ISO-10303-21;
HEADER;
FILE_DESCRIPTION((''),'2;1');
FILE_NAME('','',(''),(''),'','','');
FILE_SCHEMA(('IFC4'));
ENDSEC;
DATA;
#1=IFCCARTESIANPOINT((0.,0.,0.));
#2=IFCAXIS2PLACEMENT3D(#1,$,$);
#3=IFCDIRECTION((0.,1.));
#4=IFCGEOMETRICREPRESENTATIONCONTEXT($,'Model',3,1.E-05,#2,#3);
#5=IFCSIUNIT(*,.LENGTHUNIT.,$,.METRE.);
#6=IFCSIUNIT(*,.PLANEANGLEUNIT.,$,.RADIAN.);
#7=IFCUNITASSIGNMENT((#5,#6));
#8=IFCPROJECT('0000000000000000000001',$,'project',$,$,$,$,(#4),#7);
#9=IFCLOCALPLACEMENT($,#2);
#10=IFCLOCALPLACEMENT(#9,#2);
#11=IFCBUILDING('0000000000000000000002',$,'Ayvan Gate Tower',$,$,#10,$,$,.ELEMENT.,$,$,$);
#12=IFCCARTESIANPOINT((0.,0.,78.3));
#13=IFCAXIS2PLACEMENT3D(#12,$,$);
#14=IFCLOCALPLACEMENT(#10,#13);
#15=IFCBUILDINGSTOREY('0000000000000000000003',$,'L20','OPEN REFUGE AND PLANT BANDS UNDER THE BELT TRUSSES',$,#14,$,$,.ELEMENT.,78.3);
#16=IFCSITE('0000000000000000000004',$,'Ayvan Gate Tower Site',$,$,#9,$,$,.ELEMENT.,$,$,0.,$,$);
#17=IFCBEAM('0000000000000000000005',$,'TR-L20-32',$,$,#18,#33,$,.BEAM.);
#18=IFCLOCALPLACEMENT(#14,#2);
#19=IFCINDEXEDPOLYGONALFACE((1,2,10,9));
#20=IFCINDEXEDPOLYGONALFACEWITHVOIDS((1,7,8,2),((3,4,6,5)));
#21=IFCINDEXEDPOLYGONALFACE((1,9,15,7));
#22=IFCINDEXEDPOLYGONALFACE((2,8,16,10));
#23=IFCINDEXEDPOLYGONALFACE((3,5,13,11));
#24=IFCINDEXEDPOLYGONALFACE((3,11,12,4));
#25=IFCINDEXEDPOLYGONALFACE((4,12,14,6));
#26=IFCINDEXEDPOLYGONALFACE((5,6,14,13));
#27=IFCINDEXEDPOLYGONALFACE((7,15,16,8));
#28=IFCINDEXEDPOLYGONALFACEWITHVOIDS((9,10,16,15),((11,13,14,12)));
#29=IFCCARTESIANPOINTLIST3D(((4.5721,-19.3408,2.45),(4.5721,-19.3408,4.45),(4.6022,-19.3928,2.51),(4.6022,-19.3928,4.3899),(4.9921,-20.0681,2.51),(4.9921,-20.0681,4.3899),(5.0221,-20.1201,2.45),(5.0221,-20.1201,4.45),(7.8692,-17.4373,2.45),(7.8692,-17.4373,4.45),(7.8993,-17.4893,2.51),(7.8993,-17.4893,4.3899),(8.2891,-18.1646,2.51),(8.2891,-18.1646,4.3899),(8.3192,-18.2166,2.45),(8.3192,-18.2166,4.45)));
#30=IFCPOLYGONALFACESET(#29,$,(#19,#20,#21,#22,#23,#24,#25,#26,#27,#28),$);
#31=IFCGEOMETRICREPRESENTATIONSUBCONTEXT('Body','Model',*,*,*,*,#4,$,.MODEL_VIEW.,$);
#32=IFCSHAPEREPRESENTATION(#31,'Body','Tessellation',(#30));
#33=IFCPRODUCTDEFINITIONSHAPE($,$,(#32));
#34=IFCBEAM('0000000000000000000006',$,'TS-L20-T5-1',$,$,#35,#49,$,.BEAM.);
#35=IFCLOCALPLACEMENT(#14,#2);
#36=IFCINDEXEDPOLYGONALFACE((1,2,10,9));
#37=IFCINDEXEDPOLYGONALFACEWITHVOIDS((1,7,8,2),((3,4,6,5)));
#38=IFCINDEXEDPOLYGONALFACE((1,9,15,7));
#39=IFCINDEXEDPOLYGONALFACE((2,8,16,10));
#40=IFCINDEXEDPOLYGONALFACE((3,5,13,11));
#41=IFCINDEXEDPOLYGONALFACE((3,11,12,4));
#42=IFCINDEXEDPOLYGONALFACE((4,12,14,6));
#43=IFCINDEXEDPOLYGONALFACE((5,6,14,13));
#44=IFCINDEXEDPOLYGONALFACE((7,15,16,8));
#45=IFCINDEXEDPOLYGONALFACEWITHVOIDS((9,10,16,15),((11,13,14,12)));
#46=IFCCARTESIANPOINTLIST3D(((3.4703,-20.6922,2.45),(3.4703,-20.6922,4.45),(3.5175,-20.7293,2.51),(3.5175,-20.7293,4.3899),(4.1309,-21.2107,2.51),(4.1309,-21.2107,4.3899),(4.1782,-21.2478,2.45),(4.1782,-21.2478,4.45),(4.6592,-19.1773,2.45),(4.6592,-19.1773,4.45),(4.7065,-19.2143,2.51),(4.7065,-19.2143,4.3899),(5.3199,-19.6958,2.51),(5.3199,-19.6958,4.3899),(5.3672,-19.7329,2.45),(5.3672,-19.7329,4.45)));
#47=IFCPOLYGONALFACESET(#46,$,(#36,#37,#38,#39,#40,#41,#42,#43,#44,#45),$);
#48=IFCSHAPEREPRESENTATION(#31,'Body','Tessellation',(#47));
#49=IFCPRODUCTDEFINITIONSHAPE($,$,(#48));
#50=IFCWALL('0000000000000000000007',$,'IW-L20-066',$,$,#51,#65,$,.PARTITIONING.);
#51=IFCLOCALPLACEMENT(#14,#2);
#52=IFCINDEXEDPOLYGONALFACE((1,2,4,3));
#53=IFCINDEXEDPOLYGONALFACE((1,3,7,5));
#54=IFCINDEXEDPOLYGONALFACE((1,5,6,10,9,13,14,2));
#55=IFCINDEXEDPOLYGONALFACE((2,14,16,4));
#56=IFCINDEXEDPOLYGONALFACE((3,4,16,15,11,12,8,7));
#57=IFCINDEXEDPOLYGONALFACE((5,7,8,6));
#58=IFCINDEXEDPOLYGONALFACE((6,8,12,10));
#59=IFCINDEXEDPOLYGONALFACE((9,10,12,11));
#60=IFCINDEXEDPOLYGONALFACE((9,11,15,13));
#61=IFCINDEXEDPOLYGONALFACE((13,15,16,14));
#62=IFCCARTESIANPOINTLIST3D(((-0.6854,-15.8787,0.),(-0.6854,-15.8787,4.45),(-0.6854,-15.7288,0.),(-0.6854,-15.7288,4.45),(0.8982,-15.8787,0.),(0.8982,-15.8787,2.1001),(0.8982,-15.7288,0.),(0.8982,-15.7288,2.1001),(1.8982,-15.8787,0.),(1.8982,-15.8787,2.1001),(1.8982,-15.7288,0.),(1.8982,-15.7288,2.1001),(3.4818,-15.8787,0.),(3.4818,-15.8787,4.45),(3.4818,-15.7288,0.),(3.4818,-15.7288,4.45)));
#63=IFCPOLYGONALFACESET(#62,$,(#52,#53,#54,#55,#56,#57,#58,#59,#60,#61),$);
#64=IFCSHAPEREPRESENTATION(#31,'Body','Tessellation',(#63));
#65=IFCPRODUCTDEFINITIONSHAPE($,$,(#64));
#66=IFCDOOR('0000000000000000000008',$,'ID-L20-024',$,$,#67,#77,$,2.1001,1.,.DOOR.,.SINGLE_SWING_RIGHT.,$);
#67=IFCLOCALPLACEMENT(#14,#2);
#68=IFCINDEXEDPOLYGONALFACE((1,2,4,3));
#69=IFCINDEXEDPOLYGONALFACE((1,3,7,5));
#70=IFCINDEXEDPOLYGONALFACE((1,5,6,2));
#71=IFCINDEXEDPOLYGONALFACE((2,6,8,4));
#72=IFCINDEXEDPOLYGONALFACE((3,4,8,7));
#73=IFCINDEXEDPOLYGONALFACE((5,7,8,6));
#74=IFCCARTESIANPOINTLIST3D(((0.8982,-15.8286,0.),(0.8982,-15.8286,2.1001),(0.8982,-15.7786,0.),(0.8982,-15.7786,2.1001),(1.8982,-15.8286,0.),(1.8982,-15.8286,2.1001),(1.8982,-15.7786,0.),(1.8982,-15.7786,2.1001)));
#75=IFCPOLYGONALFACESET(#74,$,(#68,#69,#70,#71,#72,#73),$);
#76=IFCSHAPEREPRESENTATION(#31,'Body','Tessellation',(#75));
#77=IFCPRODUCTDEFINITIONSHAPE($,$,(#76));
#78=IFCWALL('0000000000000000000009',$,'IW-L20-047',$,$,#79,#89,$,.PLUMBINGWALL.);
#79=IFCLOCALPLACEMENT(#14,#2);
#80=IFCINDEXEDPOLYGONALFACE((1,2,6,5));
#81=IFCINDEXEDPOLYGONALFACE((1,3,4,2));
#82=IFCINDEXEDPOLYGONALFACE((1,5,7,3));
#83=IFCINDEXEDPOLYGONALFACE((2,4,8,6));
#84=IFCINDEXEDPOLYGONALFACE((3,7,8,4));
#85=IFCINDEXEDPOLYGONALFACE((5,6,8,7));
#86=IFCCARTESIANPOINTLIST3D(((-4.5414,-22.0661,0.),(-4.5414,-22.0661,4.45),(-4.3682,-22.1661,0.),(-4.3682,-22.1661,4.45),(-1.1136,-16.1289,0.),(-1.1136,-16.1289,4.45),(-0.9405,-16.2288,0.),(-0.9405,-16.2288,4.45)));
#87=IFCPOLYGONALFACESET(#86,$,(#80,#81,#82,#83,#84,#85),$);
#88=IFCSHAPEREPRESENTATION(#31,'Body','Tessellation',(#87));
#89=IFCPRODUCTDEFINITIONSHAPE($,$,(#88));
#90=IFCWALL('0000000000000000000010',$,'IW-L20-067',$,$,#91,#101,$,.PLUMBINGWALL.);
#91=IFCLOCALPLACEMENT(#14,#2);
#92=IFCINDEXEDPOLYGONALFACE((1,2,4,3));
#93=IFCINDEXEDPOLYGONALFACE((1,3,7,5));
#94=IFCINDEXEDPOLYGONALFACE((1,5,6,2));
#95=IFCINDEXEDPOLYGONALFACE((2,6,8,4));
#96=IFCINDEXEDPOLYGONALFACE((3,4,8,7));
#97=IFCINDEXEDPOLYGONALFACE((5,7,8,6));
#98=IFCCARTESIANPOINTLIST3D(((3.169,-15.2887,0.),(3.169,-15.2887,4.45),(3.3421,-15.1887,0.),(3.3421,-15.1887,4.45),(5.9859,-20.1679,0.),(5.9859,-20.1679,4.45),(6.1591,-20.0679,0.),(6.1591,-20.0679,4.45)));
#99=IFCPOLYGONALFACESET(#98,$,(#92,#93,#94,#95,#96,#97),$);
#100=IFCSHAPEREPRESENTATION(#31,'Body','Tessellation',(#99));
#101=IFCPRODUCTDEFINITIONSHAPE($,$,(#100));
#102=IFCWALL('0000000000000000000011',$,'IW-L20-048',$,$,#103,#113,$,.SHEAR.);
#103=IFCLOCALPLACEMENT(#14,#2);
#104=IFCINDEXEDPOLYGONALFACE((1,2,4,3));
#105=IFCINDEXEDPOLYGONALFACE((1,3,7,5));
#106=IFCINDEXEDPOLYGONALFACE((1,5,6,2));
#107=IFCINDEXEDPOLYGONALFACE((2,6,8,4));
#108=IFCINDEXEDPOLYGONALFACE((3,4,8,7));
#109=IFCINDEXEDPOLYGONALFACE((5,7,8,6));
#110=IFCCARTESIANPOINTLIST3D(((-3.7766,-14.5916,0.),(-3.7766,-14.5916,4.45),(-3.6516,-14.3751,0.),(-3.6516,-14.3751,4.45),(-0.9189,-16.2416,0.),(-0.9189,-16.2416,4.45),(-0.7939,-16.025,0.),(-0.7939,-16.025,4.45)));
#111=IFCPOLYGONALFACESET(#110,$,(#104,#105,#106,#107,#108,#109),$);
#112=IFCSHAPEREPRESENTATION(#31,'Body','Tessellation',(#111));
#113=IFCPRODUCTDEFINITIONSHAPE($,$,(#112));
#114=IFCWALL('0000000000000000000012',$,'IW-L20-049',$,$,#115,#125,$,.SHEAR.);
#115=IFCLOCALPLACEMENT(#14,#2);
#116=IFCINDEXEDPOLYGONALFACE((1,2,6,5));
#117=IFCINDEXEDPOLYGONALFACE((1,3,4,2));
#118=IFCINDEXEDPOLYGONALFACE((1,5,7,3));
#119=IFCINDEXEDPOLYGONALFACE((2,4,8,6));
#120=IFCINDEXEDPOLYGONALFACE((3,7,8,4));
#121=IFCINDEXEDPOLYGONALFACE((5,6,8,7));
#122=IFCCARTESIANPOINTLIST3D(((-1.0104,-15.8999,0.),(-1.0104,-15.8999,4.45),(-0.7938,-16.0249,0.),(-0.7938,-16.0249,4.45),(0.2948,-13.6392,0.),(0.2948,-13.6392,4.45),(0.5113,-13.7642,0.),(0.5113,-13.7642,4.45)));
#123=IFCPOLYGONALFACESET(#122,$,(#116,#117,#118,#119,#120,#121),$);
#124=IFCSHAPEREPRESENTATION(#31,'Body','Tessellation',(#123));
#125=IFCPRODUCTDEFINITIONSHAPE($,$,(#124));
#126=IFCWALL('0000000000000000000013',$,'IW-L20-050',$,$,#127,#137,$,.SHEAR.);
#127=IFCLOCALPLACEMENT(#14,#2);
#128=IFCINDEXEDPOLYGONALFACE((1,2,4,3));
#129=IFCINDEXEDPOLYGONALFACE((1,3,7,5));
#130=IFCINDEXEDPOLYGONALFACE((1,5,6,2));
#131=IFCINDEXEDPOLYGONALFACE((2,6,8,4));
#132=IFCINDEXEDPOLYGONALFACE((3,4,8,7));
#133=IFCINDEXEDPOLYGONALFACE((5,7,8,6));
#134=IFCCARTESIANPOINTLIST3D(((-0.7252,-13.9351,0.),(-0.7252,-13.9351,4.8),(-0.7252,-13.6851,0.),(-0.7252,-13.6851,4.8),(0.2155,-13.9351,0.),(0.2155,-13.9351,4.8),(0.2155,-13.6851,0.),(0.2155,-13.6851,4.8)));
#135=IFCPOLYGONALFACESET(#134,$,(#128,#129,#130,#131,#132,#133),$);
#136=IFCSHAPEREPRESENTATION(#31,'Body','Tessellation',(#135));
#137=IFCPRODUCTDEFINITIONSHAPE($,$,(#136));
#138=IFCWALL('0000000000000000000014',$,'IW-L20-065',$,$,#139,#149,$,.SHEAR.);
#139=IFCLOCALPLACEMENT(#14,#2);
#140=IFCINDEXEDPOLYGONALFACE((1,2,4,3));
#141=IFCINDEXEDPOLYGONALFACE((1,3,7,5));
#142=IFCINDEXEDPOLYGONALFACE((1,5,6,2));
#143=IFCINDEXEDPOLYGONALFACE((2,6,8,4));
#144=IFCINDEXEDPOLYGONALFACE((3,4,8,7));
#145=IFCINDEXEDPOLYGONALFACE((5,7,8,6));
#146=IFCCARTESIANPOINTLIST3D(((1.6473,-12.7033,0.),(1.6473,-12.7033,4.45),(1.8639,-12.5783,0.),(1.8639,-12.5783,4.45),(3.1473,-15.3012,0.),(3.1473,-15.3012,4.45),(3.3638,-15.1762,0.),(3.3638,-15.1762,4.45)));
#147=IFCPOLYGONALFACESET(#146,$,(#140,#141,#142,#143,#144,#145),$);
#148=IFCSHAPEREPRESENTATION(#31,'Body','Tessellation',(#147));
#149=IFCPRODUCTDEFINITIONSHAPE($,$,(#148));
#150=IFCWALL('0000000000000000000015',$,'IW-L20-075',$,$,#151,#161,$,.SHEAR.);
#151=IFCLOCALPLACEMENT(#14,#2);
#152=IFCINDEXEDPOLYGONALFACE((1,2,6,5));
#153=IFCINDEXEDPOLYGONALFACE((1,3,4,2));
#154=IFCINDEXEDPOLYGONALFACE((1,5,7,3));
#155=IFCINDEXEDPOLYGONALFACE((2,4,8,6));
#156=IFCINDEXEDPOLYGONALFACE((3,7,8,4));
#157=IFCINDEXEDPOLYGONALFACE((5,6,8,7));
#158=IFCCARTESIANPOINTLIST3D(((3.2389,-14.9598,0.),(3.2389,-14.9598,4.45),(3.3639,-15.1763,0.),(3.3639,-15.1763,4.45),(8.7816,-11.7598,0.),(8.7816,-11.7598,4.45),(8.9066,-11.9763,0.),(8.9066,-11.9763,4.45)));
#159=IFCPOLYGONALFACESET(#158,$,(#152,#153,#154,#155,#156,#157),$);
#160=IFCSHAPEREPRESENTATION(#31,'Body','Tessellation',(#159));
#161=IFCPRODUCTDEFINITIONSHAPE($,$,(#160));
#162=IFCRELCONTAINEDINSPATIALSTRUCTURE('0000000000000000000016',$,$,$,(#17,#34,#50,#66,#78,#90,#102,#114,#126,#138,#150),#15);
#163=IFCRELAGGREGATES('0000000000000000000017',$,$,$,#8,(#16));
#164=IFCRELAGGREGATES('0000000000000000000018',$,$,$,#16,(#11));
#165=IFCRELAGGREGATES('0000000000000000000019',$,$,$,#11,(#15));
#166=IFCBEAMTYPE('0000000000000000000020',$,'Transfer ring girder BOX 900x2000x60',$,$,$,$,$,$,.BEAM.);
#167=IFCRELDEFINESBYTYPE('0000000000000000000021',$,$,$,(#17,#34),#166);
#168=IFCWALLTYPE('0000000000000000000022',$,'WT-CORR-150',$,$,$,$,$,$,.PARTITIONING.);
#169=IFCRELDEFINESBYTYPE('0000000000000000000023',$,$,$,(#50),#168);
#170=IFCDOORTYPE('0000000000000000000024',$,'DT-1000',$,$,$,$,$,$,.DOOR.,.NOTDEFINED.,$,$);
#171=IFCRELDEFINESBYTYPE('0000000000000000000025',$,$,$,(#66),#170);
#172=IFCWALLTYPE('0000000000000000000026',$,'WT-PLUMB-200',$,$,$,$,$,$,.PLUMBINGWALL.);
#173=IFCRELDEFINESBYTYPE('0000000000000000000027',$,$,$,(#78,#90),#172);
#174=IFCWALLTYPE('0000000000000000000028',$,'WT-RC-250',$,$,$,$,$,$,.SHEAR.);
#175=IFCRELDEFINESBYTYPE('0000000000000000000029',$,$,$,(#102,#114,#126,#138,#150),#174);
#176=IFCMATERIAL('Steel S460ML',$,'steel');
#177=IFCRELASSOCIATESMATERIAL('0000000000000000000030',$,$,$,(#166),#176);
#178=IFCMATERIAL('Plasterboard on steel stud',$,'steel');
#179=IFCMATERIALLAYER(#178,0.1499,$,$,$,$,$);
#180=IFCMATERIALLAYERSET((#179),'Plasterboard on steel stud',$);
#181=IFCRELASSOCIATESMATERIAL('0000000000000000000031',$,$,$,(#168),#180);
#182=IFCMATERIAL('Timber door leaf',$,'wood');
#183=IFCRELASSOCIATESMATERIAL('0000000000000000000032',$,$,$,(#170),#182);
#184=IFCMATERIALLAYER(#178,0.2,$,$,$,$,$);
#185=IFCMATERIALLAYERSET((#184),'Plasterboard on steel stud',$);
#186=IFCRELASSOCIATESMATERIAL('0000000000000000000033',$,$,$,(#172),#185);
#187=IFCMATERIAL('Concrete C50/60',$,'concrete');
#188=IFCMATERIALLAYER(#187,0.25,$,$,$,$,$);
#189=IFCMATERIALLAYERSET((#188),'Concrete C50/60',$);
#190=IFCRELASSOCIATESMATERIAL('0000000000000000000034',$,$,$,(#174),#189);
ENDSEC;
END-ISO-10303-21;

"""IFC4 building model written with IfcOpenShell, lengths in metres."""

from ifc_helpers import new_model, si_unit, direction, frame, frame_2d, origin, origin_2d, place, context, subcontext, project, spatial, rectangle, hollow_rectangle, extrude, material, layer, layer_set, material_profile, profile_set, type_object, element, fill, save


model = new_model("IFC4")

# Units and contexts
model_context = context("Model", 3, precision=1e-05, world=origin(), true_north=direction((0.0, 1.0)))
body_context = subcontext(model_context, "Body", "Model", "MODEL_VIEW")
ifc_project = project(units=[si_unit("LENGTHUNIT", "METRE"), si_unit("PLANEANGLEUNIT", "RADIAN")], contexts=[model_context])

# Site, building, storey
site_placement = place(None, origin())
site = spatial("IfcSite", under=ifc_project, at=site_placement, Name="Ayvan Gate Tower Site", CompositionType="ELEMENT", RefElevation=0.0)
building_placement = place(site_placement, origin())
building = spatial("IfcBuilding", under=site, at=building_placement, Name="Ayvan Gate Tower", CompositionType="ELEMENT")
storey_placement = place(building_placement, frame((0.0, 0.0, 78.3)))
storey = spatial("IfcBuildingStorey", under=building, at=storey_placement, Name="L20", Description="OPEN REFUGE AND PLANT BANDS UNDER THE BELT TRUSSES", CompositionType="ELEMENT", Elevation=78.3)

# Shared definitions
ifc_material_1 = material(Name="Steel S460ML", Category="steel")

# Beams
ifc_material_profile_1 = material_profile(ifc_material_1, hollow_rectangle(XDim=0.8999, YDim=2.0, WallThickness=0.0601, at=origin_2d()), Name="BOX 900x2000x60")
ifc_profile_set_1 = profile_set([ifc_material_profile_1], Name="Steel S460ML")
beam_type_1 = type_object("IfcBeamType", Name="Transfer ring girder BOX 900x2000x60", PredefinedType="BEAM", material=ifc_profile_set_1)
beam_1_placement = place(storey_placement, frame((4.7971, -19.7305, 3.45), z_axis=(0.866029, 0.499994, 0.0), x_axis=(-0.499994, 0.866029, 0.0)))
element("IfcBeam", 1, at=beam_1_placement, inside=storey, type_object=beam_type_1, Name="TR-L20-32", PredefinedType="BEAM", context=body_context, shape_type="SweptSolid", body=[
    extrude(hollow_rectangle(XDim=0.8999, YDim=2.0, WallThickness=0.0601, at=origin_2d()), origin(), (0.0, 0.0, 1.0), 3.8071),
])
beam_2_placement = place(storey_placement, frame((3.8242, -20.97, 3.45), z_axis=(0.617402, 0.786648, 0.0), x_axis=(-0.786648, 0.617402, 0.0)))
element("IfcBeam", 2, at=beam_2_placement, inside=storey, type_object=beam_type_1, Name="TS-L20-T5-1", PredefinedType="BEAM", context=body_context, shape_type="SweptSolid", body=[
    extrude(hollow_rectangle(XDim=0.8999, YDim=2.0, WallThickness=0.0601, at=origin_2d()), origin(), (0.0, 0.0, 1.0), 1.9258),
])

# Wall, opening, door
ifc_material_2 = material(Name="Plasterboard on steel stud", Category="steel")
ifc_layer_1 = layer(ifc_material_2, 0.1499)
ifc_layer_set_1 = layer_set([ifc_layer_1], Name="Plasterboard on steel stud")
wall_type_1 = type_object("IfcWallType", Name="WT-CORR-150", PredefinedType="PARTITIONING", material=ifc_layer_set_1)
wall_1_placement = place(storey_placement, frame((3.4817, -15.8037, 0.0), z_axis=(0.0, 0.0, 1.0), x_axis=(-1.0, 0.0, 0.0)))
wall_1 = element("IfcWall", 3, at=wall_1_placement, inside=storey, type_object=wall_type_1, Name="IW-L20-066", PredefinedType="PARTITIONING", context=body_context, shape_type="SweptSolid", body=[
    extrude(rectangle(XDim=4.1672, YDim=0.1499, at=frame_2d((2.0835, 0.0))), origin(), (0.0, 0.0, 1.0), 4.45),
])
opening_placement = place(wall_1_placement, frame((1.5835, 0.0, 0.0)))
opening = element("IfcOpeningElement", 4, at=opening_placement, cuts=wall_1, PredefinedType="OPENING", context=body_context, shape_type="SweptSolid", body=[
    extrude(rectangle(XDim=1.0, YDim=2.1001, at=frame_2d((0.5, 1.05))), frame((0.0, 0.085, 0.0), z_axis=(0.0, -1.0, 0.0), x_axis=(1.0, 0.0, 0.0)), (0.0, 0.0, 1.0), 0.1699),
])
ifc_material_3 = material(Name="Timber door leaf", Category="wood")
door_type = type_object("IfcDoorType", Name="DT-1000", OperationType="NOTDEFINED", PredefinedType="DOOR", material=ifc_material_3)
door_placement = place(opening_placement, origin())
door = element("IfcDoor", 5, at=door_placement, inside=storey, type_object=door_type, Name="ID-L20-024", OperationType="SINGLE_SWING_RIGHT", OverallHeight=2.1001, OverallWidth=1.0, PredefinedType="DOOR", context=body_context, shape_type="SweptSolid", body=[
    extrude(rectangle(XDim=1.0, YDim=2.1001, at=frame_2d((0.5, 1.05))), frame((0.0, 0.0249, 0.0), z_axis=(0.0, -1.0, 0.0), x_axis=(1.0, 0.0, 0.0)), (0.0, 0.0, 1.0), 0.05),
])
fill(opening, door)

# Walls
ifc_layer_2 = layer(ifc_material_2, 0.2)
ifc_layer_set_2 = layer_set([ifc_layer_2], Name="Plasterboard on steel stud")
wall_type_2 = type_object("IfcWallType", Name="WT-PLUMB-200", PredefinedType="PLUMBINGWALL", material=ifc_layer_set_2)
wall_2_placement = place(storey_placement, frame((-1.0271, -16.179, 0.0), z_axis=(0.0, 0.0, 1.0), x_axis=(-0.499984, -0.866034, 0.0)))
element("IfcWall", 6, at=wall_2_placement, inside=storey, type_object=wall_type_2, Name="IW-L20-047", PredefinedType="PLUMBINGWALL", context=body_context, shape_type="SweptSolid", body=[
    extrude(rectangle(XDim=6.8557, YDim=0.2, at=frame_2d((3.4277, 0.0))), origin(), (0.0, 0.0, 1.0), 4.45),
])
wall_3_placement = place(storey_placement, frame((3.2556, -15.2388, 0.0), z_axis=(0.0, 0.0, 1.0), x_axis=(0.499989, -0.866032, 0.0)))
element("IfcWall", 7, at=wall_3_placement, inside=storey, type_object=wall_type_2, Name="IW-L20-067", PredefinedType="PLUMBINGWALL", context=body_context, shape_type="SweptSolid", body=[
    extrude(rectangle(XDim=5.634, YDim=0.2, at=frame_2d((2.8169, 0.0))), origin(), (0.0, 0.0, 1.0), 4.45),
])
ifc_material_4 = material(Name="Concrete C50/60", Category="concrete")
ifc_layer_3 = layer(ifc_material_4, 0.25)
ifc_layer_set_3 = layer_set([ifc_layer_3], Name="Concrete C50/60")
wall_type_3 = type_object("IfcWallType", Name="WT-RC-250", PredefinedType="SHEAR", material=ifc_layer_set_3)
wall_4_placement = place(storey_placement, frame((-0.8564, -16.1333, 0.0), z_axis=(0.0, 0.0, 1.0), x_axis=(-0.866022, 0.500006, 0.0)))
element("IfcWall", 8, at=wall_4_placement, inside=storey, type_object=wall_type_3, Name="IW-L20-048", PredefinedType="SHEAR", context=body_context, shape_type="SweptSolid", body=[
    extrude(rectangle(XDim=3.2998, YDim=0.25, at=frame_2d((1.6499, 0.0))), origin(), (0.0, 0.0, 1.0), 4.45),
])
wall_5_placement = place(storey_placement, frame((-0.9021, -15.9624, 0.0), z_axis=(0.0, 0.0, 1.0), x_axis=(0.499982, 0.866036, 0.0)))
element("IfcWall", 9, at=wall_5_placement, inside=storey, type_object=wall_type_3, Name="IW-L20-049", PredefinedType="SHEAR", context=body_context, shape_type="SweptSolid", body=[
    extrude(rectangle(XDim=2.6104, YDim=0.25, at=frame_2d((1.3052, 0.0))), origin(), (0.0, 0.0, 1.0), 4.45),
])
wall_6_placement = place(storey_placement, frame((-0.7251, -13.8101, 0.0), z_axis=(0.0, 0.0, 1.0), x_axis=(1.0, 0.0, 0.0)))
element("IfcWall", 10, at=wall_6_placement, inside=storey, type_object=wall_type_3, Name="IW-L20-050", PredefinedType="SHEAR", context=body_context, shape_type="SweptSolid", body=[
    extrude(rectangle(XDim=0.9407, YDim=0.25, at=frame_2d((0.4702, 0.0))), origin(), (0.0, 0.0, 1.0), 4.8),
])
wall_7_placement = place(storey_placement, frame((3.2556, -15.2388, 0.0), z_axis=(0.0, 0.0, 1.0), x_axis=(-0.500025, 0.866011, 0.0)))
element("IfcWall", 11, at=wall_7_placement, inside=storey, type_object=wall_type_3, Name="IW-L20-065", PredefinedType="SHEAR", context=body_context, shape_type="SweptSolid", body=[
    extrude(rectangle(XDim=2.9998, YDim=0.25, at=frame_2d((1.5, 0.0))), origin(), (0.0, 0.0, 1.0), 4.45),
])
wall_8_placement = place(storey_placement, frame((3.3013, -15.0681, 0.0), z_axis=(0.0, 0.0, 1.0), x_axis=(0.866035, 0.499983, 0.0)))
element("IfcWall", 12, at=wall_8_placement, inside=storey, type_object=wall_type_3, Name="IW-L20-075", PredefinedType="SHEAR", context=body_context, shape_type="SweptSolid", body=[
    extrude(rectangle(XDim=6.4001, YDim=0.25, at=frame_2d((3.2002, 0.0))), origin(), (0.0, 0.0, 1.0), 4.45),
])

save(model, "model.ifc")
